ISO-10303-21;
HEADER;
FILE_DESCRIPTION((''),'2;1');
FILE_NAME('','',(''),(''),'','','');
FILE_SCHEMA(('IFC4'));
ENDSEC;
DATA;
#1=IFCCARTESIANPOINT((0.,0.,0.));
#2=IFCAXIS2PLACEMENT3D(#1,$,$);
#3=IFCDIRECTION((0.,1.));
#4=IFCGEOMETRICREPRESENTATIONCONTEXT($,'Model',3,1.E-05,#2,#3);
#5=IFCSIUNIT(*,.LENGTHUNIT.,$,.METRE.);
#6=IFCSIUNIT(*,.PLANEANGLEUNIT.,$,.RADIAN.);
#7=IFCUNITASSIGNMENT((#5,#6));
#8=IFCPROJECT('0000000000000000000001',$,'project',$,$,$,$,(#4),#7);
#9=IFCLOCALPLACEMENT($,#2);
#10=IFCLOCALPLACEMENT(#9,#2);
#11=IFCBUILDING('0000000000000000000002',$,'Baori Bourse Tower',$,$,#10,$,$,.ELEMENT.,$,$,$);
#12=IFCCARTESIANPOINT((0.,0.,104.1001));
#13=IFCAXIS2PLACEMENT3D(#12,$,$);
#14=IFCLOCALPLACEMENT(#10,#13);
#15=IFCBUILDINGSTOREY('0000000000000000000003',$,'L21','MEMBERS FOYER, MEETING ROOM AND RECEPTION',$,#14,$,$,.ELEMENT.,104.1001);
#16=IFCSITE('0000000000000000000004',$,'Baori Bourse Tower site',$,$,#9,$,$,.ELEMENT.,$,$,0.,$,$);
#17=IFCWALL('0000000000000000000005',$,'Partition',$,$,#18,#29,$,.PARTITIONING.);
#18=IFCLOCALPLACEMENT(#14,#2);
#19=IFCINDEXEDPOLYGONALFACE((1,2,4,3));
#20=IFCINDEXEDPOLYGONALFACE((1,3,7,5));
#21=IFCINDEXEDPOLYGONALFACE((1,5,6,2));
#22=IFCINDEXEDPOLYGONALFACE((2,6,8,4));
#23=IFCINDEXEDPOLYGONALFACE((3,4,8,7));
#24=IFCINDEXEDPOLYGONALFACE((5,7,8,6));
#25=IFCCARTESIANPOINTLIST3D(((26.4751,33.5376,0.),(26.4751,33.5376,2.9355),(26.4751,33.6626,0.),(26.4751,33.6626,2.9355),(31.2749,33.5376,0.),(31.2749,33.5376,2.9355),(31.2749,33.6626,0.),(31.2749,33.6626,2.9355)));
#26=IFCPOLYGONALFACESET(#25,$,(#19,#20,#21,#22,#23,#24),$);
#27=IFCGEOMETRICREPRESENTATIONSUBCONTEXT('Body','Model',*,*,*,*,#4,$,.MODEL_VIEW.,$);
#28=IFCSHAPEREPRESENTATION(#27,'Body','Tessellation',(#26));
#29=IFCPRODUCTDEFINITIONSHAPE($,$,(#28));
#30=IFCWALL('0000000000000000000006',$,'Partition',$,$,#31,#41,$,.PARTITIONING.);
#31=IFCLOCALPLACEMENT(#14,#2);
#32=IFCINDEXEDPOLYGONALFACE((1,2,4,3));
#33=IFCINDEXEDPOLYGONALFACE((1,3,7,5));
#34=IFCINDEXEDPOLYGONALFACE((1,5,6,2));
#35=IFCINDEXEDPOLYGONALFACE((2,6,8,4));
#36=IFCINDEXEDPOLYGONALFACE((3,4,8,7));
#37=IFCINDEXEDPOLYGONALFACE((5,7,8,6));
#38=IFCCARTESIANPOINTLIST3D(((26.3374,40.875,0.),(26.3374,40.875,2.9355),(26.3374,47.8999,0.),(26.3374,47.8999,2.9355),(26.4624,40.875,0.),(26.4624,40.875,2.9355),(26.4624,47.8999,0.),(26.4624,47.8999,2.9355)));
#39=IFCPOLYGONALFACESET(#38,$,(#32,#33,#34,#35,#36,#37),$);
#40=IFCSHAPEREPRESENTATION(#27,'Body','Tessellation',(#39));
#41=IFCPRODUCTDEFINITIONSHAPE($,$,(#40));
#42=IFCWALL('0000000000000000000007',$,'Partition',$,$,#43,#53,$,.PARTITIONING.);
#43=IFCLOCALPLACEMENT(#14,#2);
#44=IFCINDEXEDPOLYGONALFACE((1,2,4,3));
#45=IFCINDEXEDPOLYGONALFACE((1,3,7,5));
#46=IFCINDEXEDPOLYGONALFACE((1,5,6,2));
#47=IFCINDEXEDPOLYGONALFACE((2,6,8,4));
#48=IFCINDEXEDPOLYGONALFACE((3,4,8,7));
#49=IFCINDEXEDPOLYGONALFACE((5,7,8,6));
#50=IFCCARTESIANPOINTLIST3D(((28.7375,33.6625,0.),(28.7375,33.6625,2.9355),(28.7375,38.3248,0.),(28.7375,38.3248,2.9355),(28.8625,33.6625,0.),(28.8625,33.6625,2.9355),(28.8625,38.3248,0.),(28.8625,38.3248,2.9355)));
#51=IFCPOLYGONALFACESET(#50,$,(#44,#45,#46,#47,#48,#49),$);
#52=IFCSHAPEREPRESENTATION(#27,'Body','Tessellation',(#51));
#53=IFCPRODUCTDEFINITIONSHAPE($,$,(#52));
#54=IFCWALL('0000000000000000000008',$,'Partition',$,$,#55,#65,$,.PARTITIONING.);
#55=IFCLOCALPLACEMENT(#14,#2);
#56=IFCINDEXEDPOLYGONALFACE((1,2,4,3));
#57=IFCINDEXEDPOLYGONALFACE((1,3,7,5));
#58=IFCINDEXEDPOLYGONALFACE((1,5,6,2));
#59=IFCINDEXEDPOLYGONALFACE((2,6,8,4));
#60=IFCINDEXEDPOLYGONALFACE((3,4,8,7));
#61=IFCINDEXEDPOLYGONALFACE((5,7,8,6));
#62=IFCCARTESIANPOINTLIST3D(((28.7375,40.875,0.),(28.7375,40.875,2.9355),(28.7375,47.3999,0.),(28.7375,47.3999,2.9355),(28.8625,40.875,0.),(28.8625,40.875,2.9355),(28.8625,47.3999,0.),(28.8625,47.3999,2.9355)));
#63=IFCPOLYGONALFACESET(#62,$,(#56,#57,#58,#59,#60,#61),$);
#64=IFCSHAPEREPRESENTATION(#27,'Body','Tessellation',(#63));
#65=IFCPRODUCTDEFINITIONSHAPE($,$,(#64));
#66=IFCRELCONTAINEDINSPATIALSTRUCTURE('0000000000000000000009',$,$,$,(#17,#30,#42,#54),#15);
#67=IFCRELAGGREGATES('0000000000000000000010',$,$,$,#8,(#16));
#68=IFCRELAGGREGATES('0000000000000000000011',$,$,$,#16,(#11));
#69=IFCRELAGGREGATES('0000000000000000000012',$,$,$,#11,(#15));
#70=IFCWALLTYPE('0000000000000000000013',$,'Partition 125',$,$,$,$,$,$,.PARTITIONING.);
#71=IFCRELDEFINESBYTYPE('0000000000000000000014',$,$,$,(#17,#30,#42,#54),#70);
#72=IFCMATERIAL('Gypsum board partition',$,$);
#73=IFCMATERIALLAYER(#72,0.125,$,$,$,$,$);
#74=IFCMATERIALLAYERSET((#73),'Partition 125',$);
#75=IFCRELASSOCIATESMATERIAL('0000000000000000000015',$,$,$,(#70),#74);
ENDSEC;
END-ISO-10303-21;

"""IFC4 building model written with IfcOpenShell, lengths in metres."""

from ifc_helpers import new_model, si_unit, direction, frame, frame_2d, origin, place, context, subcontext, project, spatial, rectangle, extrude, material, layer, layer_set, type_object, element, save


model = new_model("IFC4")

# Units and contexts
model_context = context("Model", 3, precision=1e-05, world=origin(), true_north=direction((0.0, 1.0)))
body_context = subcontext(model_context, "Body", "Model", "MODEL_VIEW")
ifc_project = project(units=[si_unit("LENGTHUNIT", "METRE"), si_unit("PLANEANGLEUNIT", "RADIAN")], contexts=[model_context])

# Site, building, storey
site_placement = place(None, origin())
site = spatial("IfcSite", under=ifc_project, at=site_placement, Name="Baori Bourse Tower site", CompositionType="ELEMENT", RefElevation=0.0)
building_placement = place(site_placement, origin())
building = spatial("IfcBuilding", under=site, at=building_placement, Name="Baori Bourse Tower", CompositionType="ELEMENT")
storey_placement = place(building_placement, frame((0.0, 0.0, 104.1001)))
storey = spatial("IfcBuildingStorey", under=building, at=storey_placement, Name="L21", Description="MEMBERS FOYER, MEETING ROOM AND RECEPTION", CompositionType="ELEMENT", Elevation=104.1001)

# Walls
ifc_material_1 = material(Name="Gypsum board partition")
ifc_layer_1 = layer(ifc_material_1, 0.125)
ifc_layer_set_1 = layer_set([ifc_layer_1], Name="Partition 125")
wall_type_1 = type_object("IfcWallType", Name="Partition 125", PredefinedType="PARTITIONING", material=ifc_layer_set_1)
wall_1_placement = place(storey_placement, frame((26.4751, 33.6001, 0.0), z_axis=(0.0, 0.0, 1.0), x_axis=(1.0, 0.0, 0.0)))
element("IfcWall", 1, at=wall_1_placement, inside=storey, type_object=wall_type_1, Name="Partition", PredefinedType="PARTITIONING", context=body_context, shape_type="SweptSolid", body=[
    extrude(rectangle(XDim=4.7998, YDim=0.125, at=frame_2d((2.3999, 0.0))), origin(), (0.0, 0.0, 1.0), 2.9355),
])
wall_2_placement = place(storey_placement, frame((26.3999, 40.875, 0.0), z_axis=(0.0, 0.0, 1.0), x_axis=(0.0, 1.0, 0.0)))
element("IfcWall", 2, at=wall_2_placement, inside=storey, type_object=wall_type_1, Name="Partition", PredefinedType="PARTITIONING", context=body_context, shape_type="SweptSolid", body=[
    extrude(rectangle(XDim=7.0249, YDim=0.125, at=frame_2d((3.5125, 0.0))), origin(), (0.0, 0.0, 1.0), 2.9355),
])
wall_3_placement = place(storey_placement, frame((28.8, 33.6626, 0.0), z_axis=(0.0, 0.0, 1.0), x_axis=(0.0, 1.0, 0.0)))
element("IfcWall", 3, at=wall_3_placement, inside=storey, type_object=wall_type_1, Name="Partition", PredefinedType="PARTITIONING", context=body_context, shape_type="SweptSolid", body=[
    extrude(rectangle(XDim=4.6624, YDim=0.125, at=frame_2d((2.3311, 0.0))), origin(), (0.0, 0.0, 1.0), 2.9355),
])
wall_4_placement = place(storey_placement, frame((28.8, 40.875, 0.0), z_axis=(0.0, 0.0, 1.0), x_axis=(0.0, 1.0, 0.0)))
element("IfcWall", 4, at=wall_4_placement, inside=storey, type_object=wall_type_1, Name="Partition", PredefinedType="PARTITIONING", context=body_context, shape_type="SweptSolid", body=[
    extrude(rectangle(XDim=6.5249, YDim=0.125, at=frame_2d((3.2625, 0.0))), origin(), (0.0, 0.0, 1.0), 2.9355),
])

save(model, "model.ifc")
